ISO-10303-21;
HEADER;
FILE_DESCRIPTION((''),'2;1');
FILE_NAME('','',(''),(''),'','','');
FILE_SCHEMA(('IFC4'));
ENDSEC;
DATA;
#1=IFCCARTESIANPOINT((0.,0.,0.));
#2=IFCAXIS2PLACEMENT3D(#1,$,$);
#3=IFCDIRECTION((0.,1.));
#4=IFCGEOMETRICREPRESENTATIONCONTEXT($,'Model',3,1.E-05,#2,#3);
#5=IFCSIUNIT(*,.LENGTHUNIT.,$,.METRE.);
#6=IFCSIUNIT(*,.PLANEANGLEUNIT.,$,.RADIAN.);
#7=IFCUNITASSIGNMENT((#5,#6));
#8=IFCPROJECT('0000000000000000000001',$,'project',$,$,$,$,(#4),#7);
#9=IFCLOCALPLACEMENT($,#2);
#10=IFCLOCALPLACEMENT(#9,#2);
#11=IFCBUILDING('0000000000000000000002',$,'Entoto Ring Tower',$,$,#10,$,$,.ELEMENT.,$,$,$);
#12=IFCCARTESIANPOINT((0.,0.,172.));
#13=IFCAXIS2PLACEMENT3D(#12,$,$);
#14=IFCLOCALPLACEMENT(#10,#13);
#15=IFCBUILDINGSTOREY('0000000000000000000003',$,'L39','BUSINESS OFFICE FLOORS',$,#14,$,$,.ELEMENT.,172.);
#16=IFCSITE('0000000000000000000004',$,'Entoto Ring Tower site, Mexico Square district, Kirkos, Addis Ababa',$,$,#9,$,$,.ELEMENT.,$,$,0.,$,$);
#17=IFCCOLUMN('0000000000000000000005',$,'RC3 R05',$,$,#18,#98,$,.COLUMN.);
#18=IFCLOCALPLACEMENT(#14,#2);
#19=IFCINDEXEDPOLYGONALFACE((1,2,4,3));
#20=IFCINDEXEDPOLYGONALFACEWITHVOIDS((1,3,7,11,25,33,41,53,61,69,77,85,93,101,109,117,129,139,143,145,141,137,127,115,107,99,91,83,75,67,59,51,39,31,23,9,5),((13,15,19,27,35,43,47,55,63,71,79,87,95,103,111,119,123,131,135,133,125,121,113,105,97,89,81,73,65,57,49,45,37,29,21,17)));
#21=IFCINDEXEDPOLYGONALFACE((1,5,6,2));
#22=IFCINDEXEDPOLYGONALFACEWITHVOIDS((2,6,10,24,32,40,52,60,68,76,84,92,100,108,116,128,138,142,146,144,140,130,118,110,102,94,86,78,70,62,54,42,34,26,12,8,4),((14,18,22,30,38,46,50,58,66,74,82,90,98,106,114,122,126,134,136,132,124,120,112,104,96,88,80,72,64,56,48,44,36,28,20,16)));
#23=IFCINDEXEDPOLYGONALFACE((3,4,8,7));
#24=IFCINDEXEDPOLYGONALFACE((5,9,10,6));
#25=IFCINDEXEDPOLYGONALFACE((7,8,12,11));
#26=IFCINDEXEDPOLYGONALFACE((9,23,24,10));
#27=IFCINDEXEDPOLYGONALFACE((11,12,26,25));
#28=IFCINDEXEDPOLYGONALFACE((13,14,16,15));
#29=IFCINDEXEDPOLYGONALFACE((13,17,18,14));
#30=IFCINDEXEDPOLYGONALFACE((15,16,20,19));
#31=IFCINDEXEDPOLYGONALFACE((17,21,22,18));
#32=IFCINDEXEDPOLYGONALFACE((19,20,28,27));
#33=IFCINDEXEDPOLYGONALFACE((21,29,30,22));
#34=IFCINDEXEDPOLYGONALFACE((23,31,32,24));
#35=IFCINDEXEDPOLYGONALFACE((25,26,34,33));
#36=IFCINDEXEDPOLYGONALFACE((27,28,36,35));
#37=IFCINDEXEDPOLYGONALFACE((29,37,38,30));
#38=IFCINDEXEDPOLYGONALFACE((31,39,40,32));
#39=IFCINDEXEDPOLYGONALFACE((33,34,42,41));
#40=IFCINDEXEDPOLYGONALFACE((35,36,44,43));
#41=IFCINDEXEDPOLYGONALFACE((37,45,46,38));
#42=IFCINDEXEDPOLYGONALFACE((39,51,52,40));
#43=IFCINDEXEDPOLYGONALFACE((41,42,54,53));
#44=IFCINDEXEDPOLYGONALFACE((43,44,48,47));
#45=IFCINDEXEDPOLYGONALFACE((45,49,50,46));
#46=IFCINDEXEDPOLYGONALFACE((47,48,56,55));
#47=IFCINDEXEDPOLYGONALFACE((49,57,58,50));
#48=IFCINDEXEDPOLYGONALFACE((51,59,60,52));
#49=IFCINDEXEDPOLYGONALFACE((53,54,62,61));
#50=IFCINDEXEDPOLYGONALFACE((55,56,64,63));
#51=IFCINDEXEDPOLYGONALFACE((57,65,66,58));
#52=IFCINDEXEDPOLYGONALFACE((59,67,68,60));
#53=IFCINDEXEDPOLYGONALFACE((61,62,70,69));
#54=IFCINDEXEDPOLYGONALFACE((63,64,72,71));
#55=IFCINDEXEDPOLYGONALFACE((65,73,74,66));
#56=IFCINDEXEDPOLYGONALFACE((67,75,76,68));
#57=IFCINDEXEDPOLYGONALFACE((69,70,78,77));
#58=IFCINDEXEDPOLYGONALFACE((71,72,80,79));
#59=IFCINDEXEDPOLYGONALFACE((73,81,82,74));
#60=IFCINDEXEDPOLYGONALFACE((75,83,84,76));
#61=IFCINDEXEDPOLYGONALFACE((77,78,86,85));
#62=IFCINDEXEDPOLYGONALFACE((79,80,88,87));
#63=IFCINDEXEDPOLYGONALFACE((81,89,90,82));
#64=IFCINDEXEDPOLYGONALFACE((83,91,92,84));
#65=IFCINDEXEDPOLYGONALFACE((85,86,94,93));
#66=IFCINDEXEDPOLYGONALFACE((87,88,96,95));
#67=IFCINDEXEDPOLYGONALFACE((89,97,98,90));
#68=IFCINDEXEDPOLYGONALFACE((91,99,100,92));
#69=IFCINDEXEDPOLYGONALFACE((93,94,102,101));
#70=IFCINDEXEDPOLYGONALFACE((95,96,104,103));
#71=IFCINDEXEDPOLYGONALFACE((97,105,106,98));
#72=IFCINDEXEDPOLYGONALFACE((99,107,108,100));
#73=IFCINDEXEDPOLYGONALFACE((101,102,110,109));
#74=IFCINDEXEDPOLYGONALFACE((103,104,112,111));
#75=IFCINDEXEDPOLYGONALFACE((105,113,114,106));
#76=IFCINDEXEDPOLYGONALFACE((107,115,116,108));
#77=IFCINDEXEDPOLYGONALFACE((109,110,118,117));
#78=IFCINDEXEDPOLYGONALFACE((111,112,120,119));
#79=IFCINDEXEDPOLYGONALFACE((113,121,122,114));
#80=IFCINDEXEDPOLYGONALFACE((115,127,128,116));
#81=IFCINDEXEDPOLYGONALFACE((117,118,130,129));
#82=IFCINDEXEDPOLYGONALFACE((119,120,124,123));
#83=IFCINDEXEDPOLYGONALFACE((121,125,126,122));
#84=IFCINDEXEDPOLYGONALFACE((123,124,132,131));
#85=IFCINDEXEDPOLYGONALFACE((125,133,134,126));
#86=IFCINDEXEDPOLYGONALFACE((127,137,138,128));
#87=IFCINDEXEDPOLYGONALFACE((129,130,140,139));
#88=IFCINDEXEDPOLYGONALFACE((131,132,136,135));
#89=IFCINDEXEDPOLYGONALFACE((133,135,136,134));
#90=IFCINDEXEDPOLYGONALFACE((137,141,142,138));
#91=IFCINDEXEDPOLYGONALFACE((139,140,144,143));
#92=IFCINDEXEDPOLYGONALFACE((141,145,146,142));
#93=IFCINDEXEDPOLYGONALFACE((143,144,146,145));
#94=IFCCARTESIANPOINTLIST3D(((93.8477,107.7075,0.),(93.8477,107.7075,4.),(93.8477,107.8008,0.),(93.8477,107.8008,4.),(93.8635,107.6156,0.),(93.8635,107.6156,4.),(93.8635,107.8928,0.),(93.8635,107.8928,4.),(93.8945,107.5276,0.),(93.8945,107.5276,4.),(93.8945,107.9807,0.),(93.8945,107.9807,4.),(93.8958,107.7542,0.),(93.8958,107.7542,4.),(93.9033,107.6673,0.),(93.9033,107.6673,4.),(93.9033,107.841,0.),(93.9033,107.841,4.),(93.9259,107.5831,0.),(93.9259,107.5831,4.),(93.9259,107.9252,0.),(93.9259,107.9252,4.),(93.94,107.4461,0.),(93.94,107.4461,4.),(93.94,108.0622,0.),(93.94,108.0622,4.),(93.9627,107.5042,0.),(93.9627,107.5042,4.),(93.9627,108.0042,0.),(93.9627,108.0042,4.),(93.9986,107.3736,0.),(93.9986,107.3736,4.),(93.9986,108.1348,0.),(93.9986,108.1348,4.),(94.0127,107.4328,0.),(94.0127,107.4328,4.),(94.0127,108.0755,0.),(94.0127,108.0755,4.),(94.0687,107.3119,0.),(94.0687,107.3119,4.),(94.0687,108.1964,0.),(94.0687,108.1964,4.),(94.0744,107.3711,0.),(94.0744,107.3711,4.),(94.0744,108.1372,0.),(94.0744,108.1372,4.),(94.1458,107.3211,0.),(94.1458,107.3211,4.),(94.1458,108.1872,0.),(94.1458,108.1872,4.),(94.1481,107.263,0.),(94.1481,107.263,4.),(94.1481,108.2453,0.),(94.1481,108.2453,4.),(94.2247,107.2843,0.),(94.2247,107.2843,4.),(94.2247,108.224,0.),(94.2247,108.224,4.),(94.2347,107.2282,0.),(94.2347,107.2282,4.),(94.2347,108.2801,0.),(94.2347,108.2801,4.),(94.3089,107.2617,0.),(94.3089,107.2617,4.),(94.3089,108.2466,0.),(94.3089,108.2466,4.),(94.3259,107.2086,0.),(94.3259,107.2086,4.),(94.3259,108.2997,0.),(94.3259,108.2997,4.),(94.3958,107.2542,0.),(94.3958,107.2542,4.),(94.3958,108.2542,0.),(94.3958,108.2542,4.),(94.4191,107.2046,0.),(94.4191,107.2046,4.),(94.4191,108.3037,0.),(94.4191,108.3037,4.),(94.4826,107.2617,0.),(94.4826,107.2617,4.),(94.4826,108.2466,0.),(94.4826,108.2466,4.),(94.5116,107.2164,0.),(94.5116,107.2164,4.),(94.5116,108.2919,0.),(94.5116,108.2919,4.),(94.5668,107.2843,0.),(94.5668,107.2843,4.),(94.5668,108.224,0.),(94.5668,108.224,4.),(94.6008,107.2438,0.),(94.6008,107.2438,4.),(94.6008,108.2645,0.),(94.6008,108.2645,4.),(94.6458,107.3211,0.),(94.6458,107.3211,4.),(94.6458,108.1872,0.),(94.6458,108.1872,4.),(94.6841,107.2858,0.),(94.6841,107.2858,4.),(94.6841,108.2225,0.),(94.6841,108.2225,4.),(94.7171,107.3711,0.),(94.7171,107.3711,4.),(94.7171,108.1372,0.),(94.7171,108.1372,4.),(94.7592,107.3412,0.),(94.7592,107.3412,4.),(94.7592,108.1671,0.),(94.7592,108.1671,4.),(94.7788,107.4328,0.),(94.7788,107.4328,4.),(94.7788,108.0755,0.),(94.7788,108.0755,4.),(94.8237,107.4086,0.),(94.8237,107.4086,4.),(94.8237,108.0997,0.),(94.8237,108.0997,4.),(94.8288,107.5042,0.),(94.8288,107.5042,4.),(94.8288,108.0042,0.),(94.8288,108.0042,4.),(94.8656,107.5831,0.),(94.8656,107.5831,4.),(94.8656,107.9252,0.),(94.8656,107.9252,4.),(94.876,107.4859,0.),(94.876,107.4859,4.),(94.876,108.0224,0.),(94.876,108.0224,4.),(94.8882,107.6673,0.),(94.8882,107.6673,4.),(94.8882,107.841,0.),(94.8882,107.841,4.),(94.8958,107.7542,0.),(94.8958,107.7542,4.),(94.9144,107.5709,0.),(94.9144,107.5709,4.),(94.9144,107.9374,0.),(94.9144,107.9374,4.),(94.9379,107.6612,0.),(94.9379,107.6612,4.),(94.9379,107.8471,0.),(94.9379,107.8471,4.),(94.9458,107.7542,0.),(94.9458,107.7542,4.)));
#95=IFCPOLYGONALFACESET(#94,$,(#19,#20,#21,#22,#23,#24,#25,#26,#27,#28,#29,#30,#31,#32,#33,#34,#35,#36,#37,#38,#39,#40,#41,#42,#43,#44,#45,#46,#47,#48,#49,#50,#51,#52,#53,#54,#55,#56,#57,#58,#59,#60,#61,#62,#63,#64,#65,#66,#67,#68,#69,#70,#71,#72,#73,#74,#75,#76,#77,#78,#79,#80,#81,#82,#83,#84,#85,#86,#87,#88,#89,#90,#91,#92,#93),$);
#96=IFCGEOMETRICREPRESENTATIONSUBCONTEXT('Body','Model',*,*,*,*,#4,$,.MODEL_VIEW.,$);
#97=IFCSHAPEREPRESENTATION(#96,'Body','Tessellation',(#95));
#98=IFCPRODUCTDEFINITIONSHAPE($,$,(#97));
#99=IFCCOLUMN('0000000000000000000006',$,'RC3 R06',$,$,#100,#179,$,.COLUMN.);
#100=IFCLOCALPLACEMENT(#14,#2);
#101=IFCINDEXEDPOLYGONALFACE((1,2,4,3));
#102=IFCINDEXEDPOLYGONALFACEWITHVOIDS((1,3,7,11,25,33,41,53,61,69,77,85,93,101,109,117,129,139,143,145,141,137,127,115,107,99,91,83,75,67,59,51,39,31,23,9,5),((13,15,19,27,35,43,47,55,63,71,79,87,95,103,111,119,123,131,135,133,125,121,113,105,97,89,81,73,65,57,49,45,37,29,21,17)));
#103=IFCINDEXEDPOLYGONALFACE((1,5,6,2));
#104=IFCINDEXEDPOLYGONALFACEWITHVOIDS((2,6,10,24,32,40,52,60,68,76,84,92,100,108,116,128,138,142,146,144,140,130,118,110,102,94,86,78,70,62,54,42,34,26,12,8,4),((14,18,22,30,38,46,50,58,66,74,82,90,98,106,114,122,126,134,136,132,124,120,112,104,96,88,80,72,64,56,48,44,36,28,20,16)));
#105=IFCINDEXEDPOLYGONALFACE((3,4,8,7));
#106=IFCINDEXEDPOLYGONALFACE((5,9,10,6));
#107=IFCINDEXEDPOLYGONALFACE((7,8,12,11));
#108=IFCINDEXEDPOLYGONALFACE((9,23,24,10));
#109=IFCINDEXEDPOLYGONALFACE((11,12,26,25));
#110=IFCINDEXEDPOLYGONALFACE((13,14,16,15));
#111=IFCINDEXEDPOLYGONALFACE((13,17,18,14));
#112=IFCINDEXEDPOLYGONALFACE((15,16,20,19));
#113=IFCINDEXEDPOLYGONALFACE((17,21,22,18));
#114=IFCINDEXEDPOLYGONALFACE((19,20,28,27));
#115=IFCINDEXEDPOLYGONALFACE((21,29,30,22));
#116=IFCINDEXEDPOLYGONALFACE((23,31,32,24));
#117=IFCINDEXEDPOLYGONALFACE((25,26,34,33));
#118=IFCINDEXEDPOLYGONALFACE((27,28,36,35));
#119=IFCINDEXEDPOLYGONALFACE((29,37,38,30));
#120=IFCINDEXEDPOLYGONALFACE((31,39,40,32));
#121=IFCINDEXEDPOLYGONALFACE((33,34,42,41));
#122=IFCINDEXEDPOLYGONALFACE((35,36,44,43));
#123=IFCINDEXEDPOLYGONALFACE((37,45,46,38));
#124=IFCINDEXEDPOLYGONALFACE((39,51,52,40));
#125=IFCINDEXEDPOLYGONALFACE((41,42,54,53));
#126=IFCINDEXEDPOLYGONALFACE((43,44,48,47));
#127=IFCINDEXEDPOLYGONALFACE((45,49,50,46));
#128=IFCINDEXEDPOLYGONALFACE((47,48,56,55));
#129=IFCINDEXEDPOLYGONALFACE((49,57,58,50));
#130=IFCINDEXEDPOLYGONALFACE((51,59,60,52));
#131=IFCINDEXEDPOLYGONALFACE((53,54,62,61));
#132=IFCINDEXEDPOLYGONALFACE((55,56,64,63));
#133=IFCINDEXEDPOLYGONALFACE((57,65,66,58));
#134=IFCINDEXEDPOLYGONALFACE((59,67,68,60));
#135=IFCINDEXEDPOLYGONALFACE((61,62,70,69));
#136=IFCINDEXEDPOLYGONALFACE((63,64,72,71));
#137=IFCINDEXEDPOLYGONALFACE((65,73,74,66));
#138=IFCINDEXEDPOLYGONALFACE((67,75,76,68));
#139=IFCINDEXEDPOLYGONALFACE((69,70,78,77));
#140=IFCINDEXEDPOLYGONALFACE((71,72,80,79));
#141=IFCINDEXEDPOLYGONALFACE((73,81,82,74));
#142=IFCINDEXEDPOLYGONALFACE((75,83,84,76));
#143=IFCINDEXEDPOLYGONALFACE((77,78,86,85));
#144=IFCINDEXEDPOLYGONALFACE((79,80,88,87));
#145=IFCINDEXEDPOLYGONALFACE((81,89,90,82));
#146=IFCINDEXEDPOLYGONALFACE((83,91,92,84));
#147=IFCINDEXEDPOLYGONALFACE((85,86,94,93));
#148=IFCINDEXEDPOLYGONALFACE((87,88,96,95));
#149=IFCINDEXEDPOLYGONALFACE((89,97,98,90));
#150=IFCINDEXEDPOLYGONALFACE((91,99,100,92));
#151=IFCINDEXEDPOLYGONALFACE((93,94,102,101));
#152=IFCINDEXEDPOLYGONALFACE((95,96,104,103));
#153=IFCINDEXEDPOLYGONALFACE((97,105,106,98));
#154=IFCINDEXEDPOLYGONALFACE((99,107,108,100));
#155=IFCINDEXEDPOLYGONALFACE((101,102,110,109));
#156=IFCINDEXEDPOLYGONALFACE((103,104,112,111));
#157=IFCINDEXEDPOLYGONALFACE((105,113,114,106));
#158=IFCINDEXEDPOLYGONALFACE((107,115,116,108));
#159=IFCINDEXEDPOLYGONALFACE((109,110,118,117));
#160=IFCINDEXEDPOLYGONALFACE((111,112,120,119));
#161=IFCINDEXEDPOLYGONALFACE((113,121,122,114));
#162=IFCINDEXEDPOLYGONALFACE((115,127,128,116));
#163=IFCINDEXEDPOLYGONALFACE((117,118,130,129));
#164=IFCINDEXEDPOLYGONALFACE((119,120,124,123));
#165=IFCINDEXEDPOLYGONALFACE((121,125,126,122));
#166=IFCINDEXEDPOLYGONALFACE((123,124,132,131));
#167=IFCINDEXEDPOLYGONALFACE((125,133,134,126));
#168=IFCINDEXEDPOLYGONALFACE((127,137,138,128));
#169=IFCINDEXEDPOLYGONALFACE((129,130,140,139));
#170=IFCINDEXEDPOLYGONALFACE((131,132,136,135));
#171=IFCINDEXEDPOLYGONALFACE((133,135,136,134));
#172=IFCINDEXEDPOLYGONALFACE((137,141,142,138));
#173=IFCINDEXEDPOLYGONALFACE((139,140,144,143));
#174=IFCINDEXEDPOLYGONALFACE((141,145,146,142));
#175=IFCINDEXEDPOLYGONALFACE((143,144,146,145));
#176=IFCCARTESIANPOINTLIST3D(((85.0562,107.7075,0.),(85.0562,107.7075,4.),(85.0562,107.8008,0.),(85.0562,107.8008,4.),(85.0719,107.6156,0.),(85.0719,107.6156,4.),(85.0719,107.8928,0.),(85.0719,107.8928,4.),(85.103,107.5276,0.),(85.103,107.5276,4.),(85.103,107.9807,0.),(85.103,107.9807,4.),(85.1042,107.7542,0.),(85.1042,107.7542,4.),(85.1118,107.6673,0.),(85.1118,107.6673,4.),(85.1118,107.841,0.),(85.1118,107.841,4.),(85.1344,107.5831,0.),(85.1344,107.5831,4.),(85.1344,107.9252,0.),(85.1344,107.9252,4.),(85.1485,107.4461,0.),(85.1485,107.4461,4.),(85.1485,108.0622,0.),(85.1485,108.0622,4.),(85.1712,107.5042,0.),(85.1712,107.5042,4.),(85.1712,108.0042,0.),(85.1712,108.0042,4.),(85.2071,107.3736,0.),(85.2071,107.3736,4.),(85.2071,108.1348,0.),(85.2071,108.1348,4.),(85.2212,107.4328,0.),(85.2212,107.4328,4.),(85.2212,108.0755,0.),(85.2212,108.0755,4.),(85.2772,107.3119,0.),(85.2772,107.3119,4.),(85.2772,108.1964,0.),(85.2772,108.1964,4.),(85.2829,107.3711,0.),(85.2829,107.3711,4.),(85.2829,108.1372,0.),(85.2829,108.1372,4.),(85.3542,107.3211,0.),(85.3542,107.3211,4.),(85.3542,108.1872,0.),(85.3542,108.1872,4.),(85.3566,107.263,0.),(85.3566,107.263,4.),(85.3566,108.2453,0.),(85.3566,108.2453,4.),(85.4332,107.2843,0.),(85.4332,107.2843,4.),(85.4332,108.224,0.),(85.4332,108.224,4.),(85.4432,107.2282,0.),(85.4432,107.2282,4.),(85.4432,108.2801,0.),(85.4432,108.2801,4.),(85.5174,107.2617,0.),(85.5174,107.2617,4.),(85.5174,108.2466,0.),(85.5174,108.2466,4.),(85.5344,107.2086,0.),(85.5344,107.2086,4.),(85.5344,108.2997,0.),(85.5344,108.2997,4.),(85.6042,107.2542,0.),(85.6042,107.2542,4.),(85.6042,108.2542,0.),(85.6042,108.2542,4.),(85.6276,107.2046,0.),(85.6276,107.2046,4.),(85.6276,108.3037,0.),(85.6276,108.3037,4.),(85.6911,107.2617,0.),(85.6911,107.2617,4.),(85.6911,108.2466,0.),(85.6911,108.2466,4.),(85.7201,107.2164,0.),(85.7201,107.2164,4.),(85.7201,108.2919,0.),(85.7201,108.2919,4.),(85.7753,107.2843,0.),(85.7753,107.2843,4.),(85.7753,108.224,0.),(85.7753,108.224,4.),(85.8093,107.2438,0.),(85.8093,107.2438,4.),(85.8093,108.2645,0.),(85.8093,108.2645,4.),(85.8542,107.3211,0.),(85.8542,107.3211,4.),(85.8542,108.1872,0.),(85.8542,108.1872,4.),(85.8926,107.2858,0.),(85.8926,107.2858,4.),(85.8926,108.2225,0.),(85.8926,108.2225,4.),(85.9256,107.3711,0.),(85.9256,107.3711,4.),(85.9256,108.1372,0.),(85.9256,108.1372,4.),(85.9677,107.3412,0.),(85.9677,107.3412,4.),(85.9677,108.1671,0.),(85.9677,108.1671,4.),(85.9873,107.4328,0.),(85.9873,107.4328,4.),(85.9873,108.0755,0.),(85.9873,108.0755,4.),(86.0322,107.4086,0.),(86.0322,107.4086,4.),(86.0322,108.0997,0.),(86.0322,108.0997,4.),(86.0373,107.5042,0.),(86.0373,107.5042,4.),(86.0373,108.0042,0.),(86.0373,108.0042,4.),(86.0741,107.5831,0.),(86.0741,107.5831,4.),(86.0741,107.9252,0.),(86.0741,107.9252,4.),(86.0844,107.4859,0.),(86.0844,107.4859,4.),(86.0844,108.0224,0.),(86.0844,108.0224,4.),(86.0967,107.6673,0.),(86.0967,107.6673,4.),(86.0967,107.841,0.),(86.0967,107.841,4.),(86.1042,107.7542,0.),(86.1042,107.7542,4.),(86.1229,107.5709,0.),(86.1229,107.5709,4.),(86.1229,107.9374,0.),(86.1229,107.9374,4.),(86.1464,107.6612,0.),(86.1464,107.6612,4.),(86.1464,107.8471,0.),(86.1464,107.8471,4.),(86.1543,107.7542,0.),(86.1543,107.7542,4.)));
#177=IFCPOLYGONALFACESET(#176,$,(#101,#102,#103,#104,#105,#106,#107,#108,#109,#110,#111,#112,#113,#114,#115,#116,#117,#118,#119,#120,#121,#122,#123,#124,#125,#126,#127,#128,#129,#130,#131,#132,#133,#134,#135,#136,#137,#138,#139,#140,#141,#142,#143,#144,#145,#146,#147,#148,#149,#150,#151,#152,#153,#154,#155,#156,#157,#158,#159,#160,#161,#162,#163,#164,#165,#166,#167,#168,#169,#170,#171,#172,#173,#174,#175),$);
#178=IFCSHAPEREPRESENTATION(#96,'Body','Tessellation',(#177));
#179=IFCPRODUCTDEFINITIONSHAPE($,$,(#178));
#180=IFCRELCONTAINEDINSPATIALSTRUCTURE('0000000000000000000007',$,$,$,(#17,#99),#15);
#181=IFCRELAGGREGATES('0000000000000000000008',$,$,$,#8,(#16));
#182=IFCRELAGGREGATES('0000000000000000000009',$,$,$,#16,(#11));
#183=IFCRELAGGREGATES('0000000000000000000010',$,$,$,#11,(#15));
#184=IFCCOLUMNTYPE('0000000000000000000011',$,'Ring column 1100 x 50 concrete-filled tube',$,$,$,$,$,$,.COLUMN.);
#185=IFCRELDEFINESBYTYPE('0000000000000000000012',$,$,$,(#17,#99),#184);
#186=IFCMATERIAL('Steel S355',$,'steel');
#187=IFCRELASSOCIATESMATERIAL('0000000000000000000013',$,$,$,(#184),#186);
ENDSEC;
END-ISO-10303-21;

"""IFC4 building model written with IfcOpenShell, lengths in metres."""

from ifc_helpers import new_model, si_unit, direction, frame, origin, origin_2d, place, context, subcontext, project, spatial, circle, hollow_circle, extrude, material, material_profile, profile_set, type_object, element, save


model = new_model("IFC4")

# Units and contexts
model_context = context("Model", 3, precision=1e-05, world=origin(), true_north=direction((0.0, 1.0)))
body_context = subcontext(model_context, "Body", "Model", "MODEL_VIEW")
ifc_project = project(units=[si_unit("LENGTHUNIT", "METRE"), si_unit("PLANEANGLEUNIT", "RADIAN")], contexts=[model_context])

# Site, building, storey
site_placement = place(None, origin())
site = spatial("IfcSite", under=ifc_project, at=site_placement, Name="Entoto Ring Tower site, Mexico Square district, Kirkos, Addis Ababa", CompositionType="ELEMENT", RefElevation=0.0)
building_placement = place(site_placement, origin())
building = spatial("IfcBuilding", under=site, at=building_placement, Name="Entoto Ring Tower", CompositionType="ELEMENT")
storey_placement = place(building_placement, frame((0.0, 0.0, 172.0)))
storey = spatial("IfcBuildingStorey", under=building, at=storey_placement, Name="L39", Description="BUSINESS OFFICE FLOORS", CompositionType="ELEMENT", Elevation=172.0)

# Columns
ifc_material_1 = material(Name="Steel S355", Category="steel")
ifc_material_profile_1 = material_profile(ifc_material_1, hollow_circle(Radius=0.55, WallThickness=0.05, at=origin_2d()), Name="CHS 1100 x 50")
ifc_material_2 = material(Name="Concrete C60/75", Category="concrete")
ifc_material_profile_2 = material_profile(ifc_material_2, circle(Radius=0.5, at=origin_2d()), Name="Concrete C60/75 infill")
ifc_profile_set_1 = profile_set([ifc_material_profile_1, ifc_material_profile_2], Name="Steel S355")
column_type = type_object("IfcColumnType", Name="Ring column 1100 x 50 concrete-filled tube", PredefinedType="COLUMN", material=ifc_profile_set_1)
for number, where, z_axis, x_axis, name in (
    (1, (94.3958, 107.7542, 0.0), (0.0, 0.0, 1.0), (1.0, 0.0, 0.0), "RC3 R05"),
    (2, (85.6042, 107.7542, 0.0), (0.0, 0.0, 1.0), (1.0, 0.0, 0.0), "RC3 R06"),
):
    element("IfcColumn", number, at=place(storey_placement, frame(where, z_axis=z_axis, x_axis=x_axis)), inside=storey, type_object=column_type, Name=name, PredefinedType="COLUMN", context=body_context, shape_type="SweptSolid", body=[
        extrude(hollow_circle(Radius=0.55, WallThickness=0.05, at=origin_2d()), origin(), (0.0, 0.0, 1.0), 4.0),
    ])

save(model, "model.ifc")
